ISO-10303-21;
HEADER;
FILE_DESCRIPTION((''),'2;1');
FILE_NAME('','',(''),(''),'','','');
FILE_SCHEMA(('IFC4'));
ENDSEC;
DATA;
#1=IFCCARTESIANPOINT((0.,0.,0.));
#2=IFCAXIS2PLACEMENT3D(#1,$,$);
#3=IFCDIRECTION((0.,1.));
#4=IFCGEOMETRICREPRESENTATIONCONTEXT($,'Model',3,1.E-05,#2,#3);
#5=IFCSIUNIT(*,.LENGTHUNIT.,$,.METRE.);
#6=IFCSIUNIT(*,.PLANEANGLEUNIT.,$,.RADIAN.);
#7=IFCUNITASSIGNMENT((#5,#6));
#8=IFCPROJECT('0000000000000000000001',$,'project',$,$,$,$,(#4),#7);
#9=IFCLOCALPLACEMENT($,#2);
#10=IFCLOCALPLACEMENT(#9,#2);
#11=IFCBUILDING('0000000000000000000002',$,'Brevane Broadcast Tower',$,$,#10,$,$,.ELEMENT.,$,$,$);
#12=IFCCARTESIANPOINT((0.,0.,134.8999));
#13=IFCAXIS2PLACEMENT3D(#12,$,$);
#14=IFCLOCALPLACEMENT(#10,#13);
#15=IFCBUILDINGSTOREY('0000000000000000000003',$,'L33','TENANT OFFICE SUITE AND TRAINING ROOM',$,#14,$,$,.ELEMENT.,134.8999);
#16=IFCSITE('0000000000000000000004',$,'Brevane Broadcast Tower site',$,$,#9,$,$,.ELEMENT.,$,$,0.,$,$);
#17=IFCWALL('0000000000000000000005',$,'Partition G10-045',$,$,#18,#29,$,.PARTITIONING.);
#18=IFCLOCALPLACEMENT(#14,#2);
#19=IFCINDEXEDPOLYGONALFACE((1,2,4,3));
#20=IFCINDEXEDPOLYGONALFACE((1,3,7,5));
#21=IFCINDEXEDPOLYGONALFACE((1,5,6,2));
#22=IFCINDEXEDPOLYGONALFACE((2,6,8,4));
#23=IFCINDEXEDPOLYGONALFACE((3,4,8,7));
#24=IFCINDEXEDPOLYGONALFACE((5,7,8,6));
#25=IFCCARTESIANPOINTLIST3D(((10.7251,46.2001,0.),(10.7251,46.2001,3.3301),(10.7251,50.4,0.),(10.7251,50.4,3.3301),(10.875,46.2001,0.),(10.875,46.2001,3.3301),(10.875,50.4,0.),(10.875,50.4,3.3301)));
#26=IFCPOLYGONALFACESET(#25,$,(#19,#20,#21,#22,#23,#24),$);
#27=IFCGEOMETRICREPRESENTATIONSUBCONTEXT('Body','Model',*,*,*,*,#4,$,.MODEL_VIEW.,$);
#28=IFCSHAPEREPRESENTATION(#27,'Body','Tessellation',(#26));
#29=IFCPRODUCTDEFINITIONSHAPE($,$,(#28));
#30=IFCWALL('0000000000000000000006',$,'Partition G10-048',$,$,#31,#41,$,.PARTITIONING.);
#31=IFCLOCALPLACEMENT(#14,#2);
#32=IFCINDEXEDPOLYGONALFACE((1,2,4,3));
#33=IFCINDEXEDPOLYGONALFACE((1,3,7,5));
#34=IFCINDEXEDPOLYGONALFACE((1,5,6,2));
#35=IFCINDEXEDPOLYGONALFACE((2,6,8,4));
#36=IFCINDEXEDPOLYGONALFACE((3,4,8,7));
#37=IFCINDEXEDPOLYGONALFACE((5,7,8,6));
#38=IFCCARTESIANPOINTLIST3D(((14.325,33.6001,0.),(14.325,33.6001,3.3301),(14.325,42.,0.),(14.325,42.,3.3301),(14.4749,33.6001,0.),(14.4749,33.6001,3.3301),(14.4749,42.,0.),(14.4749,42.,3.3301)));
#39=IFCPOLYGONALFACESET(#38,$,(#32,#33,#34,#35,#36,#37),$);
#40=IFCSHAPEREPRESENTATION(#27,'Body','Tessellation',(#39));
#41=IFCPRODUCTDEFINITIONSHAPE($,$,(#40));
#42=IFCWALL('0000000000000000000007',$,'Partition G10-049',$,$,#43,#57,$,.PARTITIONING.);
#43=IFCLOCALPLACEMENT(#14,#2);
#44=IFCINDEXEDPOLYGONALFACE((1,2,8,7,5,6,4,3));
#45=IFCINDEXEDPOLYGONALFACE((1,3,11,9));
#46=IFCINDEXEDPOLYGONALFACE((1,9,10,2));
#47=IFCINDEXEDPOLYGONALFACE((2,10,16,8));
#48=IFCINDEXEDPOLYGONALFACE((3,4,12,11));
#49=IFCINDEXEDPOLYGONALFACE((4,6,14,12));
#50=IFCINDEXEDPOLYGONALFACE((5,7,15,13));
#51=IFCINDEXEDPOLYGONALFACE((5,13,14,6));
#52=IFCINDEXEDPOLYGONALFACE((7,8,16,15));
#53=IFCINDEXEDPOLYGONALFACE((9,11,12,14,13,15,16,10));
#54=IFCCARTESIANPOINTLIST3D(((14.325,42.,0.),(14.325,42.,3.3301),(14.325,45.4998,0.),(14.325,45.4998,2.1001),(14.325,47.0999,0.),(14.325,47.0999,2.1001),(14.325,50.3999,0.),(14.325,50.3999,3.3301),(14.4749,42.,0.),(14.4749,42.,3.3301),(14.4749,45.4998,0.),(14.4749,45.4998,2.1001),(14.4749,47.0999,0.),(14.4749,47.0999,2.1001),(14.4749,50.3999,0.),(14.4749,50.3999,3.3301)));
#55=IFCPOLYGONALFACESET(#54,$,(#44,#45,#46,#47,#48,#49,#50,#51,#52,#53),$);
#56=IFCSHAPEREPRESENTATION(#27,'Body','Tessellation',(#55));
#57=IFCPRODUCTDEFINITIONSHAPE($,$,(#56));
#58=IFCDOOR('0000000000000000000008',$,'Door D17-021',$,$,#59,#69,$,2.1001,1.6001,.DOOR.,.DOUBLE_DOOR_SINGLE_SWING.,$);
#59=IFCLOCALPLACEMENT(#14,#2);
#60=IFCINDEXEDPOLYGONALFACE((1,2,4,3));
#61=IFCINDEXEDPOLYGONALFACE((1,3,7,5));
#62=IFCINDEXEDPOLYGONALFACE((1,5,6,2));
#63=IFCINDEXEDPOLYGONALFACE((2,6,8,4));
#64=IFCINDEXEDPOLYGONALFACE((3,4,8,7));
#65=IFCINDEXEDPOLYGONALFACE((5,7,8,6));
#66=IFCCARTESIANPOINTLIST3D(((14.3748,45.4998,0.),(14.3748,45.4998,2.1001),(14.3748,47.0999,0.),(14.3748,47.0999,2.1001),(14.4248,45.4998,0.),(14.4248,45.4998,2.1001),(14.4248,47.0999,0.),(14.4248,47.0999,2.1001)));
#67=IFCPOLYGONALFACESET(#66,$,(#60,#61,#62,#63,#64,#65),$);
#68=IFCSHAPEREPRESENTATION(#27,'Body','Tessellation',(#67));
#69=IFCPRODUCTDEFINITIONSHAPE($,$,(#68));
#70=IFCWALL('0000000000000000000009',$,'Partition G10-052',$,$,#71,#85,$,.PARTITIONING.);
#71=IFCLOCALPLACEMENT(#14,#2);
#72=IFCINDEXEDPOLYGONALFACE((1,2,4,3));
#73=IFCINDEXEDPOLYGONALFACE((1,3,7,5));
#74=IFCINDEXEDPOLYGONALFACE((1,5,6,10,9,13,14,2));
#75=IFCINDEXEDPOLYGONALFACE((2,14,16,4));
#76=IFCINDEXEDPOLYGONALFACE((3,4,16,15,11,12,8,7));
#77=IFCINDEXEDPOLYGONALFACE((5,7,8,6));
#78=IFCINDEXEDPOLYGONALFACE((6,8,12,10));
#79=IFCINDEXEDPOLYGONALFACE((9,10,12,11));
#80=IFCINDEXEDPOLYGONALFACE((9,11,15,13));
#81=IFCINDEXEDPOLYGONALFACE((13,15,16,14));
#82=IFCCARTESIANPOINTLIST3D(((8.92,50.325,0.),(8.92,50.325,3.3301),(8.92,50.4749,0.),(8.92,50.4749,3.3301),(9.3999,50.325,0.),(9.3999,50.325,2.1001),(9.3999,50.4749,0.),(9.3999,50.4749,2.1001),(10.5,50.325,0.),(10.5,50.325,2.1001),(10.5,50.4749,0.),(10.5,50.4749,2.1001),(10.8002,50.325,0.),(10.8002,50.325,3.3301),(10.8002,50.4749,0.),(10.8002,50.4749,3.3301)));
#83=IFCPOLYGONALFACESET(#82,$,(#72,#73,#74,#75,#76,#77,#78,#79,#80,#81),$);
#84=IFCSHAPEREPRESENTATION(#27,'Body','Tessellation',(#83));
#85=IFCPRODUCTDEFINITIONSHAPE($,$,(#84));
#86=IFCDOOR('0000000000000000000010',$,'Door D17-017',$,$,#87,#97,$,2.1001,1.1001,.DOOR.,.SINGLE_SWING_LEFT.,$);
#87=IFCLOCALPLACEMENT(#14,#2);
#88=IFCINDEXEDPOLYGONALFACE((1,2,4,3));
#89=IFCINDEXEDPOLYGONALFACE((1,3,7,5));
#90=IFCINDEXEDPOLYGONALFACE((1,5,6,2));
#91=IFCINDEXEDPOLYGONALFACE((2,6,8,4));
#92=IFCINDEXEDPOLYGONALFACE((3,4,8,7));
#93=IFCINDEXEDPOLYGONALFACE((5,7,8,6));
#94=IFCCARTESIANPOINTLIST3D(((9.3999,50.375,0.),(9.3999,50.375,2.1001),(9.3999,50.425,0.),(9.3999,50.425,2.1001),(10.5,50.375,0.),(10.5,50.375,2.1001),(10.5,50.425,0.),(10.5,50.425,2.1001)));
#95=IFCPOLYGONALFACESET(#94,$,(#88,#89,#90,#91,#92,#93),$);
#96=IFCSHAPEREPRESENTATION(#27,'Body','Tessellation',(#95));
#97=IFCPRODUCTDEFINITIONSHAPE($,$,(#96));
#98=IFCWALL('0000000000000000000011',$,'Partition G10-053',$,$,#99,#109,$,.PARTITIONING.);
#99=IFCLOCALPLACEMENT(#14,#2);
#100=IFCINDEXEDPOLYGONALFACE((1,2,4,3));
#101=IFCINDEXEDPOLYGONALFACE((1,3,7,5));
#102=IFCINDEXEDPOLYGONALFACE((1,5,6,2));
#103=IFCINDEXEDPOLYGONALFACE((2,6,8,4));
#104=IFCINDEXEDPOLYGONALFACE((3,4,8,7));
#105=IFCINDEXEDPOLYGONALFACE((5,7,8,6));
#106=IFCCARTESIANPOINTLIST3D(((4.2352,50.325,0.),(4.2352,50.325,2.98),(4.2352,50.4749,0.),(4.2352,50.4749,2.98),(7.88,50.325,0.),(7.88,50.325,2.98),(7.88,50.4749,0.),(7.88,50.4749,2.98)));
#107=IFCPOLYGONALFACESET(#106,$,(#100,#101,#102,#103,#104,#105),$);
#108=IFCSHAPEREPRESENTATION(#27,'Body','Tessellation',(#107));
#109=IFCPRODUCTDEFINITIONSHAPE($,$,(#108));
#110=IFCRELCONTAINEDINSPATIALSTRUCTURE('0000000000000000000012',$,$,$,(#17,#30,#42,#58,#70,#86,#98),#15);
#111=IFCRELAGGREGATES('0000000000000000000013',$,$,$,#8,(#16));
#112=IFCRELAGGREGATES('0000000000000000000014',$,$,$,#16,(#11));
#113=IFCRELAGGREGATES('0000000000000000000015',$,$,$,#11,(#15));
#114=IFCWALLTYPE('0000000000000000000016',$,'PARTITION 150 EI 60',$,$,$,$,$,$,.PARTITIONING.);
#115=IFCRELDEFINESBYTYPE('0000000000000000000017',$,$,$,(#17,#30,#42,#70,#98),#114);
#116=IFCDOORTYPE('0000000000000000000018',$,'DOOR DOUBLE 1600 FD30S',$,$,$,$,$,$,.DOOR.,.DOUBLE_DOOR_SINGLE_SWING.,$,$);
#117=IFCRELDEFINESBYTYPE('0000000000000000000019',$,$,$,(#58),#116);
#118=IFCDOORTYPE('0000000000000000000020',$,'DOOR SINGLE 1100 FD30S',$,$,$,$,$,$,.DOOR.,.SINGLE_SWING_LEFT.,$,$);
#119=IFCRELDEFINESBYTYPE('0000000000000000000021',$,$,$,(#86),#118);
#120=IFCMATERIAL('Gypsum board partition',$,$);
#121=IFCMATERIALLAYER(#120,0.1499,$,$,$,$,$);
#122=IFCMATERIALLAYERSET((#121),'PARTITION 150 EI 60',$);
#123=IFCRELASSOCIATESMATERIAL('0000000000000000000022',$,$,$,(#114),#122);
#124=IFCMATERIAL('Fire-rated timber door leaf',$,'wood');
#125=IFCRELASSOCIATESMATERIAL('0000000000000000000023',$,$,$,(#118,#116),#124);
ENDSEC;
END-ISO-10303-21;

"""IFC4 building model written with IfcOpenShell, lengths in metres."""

from ifc_helpers import new_model, si_unit, direction, frame, frame_2d, origin, place, context, subcontext, project, spatial, rectangle, extrude, material, layer, layer_set, type_object, element, fill, save


model = new_model("IFC4")

# Units and contexts
model_context = context("Model", 3, precision=1e-05, world=origin(), true_north=direction((0.0, 1.0)))
body_context = subcontext(model_context, "Body", "Model", "MODEL_VIEW")
ifc_project = project(units=[si_unit("LENGTHUNIT", "METRE"), si_unit("PLANEANGLEUNIT", "RADIAN")], contexts=[model_context])

# Site, building, storey
site_placement = place(None, origin())
site = spatial("IfcSite", under=ifc_project, at=site_placement, Name="Brevane Broadcast Tower site", CompositionType="ELEMENT", RefElevation=0.0)
building_placement = place(site_placement, origin())
building = spatial("IfcBuilding", under=site, at=building_placement, Name="Brevane Broadcast Tower", CompositionType="ELEMENT")
storey_placement = place(building_placement, frame((0.0, 0.0, 134.8999)))
storey = spatial("IfcBuildingStorey", under=building, at=storey_placement, Name="L33", Description="TENANT OFFICE SUITE AND TRAINING ROOM", CompositionType="ELEMENT", Elevation=134.8999)

# Shared definitions
ifc_material_1 = material(Name="Gypsum board partition")
ifc_layer_1 = layer(ifc_material_1, 0.1499)
ifc_layer_set_1 = layer_set([ifc_layer_1], Name="PARTITION 150 EI 60")
wall_type_1 = type_object("IfcWallType", Name="PARTITION 150 EI 60", PredefinedType="PARTITIONING", material=ifc_layer_set_1)

# Shared definitions
ifc_material_2 = material(Name="Fire-rated timber door leaf", Category="wood")
door_type_1 = type_object("IfcDoorType", Name="DOOR SINGLE 1100 FD30S", OperationType="SINGLE_SWING_LEFT", PredefinedType="DOOR", material=ifc_material_2)

# Walls
wall_1_placement = place(storey_placement, frame((10.8, 46.2, 0.0), z_axis=(0.0, 0.0, 1.0), x_axis=(0.0, 1.0, 0.0)))
element("IfcWall", 1, at=wall_1_placement, inside=storey, type_object=wall_type_1, Name="Partition G10-045", PredefinedType="PARTITIONING", context=body_context, shape_type="SweptSolid", body=[
    extrude(rectangle(XDim=4.2, YDim=0.1499, at=frame_2d((2.1001, 0.0))), origin(), (0.0, 0.0, 1.0), 3.3301),
])
wall_2_placement = place(storey_placement, frame((14.3999, 42.0, 0.0), z_axis=(0.0, 0.0, 1.0), x_axis=(0.0, -1.0, 0.0)))
element("IfcWall", 2, at=wall_2_placement, inside=storey, type_object=wall_type_1, Name="Partition G10-048", PredefinedType="PARTITIONING", context=body_context, shape_type="SweptSolid", body=[
    extrude(rectangle(XDim=8.3999, YDim=0.1499, at=frame_2d((4.2, 0.0))), origin(), (0.0, 0.0, 1.0), 3.3301),
])

# Walls, openings, doors
wall_3_placement = place(storey_placement, frame((14.3999, 50.3999, 0.0), z_axis=(0.0, 0.0, 1.0), x_axis=(0.0, -1.0, 0.0)))
wall_3 = element("IfcWall", 3, at=wall_3_placement, inside=storey, type_object=wall_type_1, Name="Partition G10-049", PredefinedType="PARTITIONING", context=body_context, shape_type="SweptSolid", body=[
    extrude(rectangle(XDim=8.3999, YDim=0.1499, at=frame_2d((4.2, 0.0))), origin(), (0.0, 0.0, 1.0), 3.3301),
])
opening_1_placement = place(wall_3_placement, frame((3.3, 0.0, 0.0)))
opening_1 = element("IfcOpeningElement", 4, at=opening_1_placement, cuts=wall_3, PredefinedType="OPENING", context=body_context, shape_type="SweptSolid", body=[
    extrude(rectangle(XDim=1.6001, YDim=2.1001, at=frame_2d((0.8, 1.05))), frame((0.0, 0.085, 0.0), z_axis=(0.0, -1.0, 0.0), x_axis=(1.0, 0.0, 0.0)), (0.0, 0.0, 1.0), 0.1699),
])
door_type_2 = type_object("IfcDoorType", Name="DOOR DOUBLE 1600 FD30S", OperationType="DOUBLE_DOOR_SINGLE_SWING", PredefinedType="DOOR", material=ifc_material_2)
door_1_placement = place(opening_1_placement, origin())
door_1 = element("IfcDoor", 5, at=door_1_placement, inside=storey, type_object=door_type_2, Name="Door D17-021", OperationType="DOUBLE_DOOR_SINGLE_SWING", OverallHeight=2.1001, OverallWidth=1.6001, PredefinedType="DOOR", context=body_context, shape_type="SweptSolid", body=[
    extrude(rectangle(XDim=1.6001, YDim=2.1001, at=frame_2d((0.8, 1.05))), frame((0.0, 0.0249, 0.0), z_axis=(0.0, -1.0, 0.0), x_axis=(1.0, 0.0, 0.0)), (0.0, 0.0, 1.0), 0.05),
])
fill(opening_1, door_1)
wall_4_placement = place(storey_placement, frame((10.8, 50.3999, 0.0), z_axis=(0.0, 0.0, 1.0), x_axis=(-1.0, 0.0, 0.0)))
wall_4 = element("IfcWall", 6, at=wall_4_placement, inside=storey, type_object=wall_type_1, Name="Partition G10-052", PredefinedType="PARTITIONING", context=body_context, shape_type="SweptSolid", body=[
    extrude(rectangle(XDim=1.8801, YDim=0.1499, at=frame_2d((0.9399, 0.0))), origin(), (0.0, 0.0, 1.0), 3.3301),
])
opening_2_placement = place(wall_4_placement, frame((0.3, 0.0, 0.0)))
opening_2 = element("IfcOpeningElement", 7, at=opening_2_placement, cuts=wall_4, PredefinedType="OPENING", context=body_context, shape_type="SweptSolid", body=[
    extrude(rectangle(XDim=1.1001, YDim=2.1001, at=frame_2d((0.55, 1.05))), frame((0.0, 0.085, 0.0), z_axis=(0.0, -1.0, 0.0), x_axis=(1.0, 0.0, 0.0)), (0.0, 0.0, 1.0), 0.1699),
])
door_2_placement = place(opening_2_placement, origin())
door_2 = element("IfcDoor", 8, at=door_2_placement, inside=storey, type_object=door_type_1, Name="Door D17-017", OperationType="SINGLE_SWING_LEFT", OverallHeight=2.1001, OverallWidth=1.1001, PredefinedType="DOOR", context=body_context, shape_type="SweptSolid", body=[
    extrude(rectangle(XDim=1.1001, YDim=2.1001, at=frame_2d((0.55, 1.05))), frame((0.0, 0.0249, 0.0), z_axis=(0.0, -1.0, 0.0), x_axis=(1.0, 0.0, 0.0)), (0.0, 0.0, 1.0), 0.05),
])
fill(opening_2, door_2)

# Wall
wall_5_placement = place(storey_placement, frame((7.8799, 50.3999, 0.0), z_axis=(0.0, 0.0, 1.0), x_axis=(-1.0, 0.0, 0.0)))
element("IfcWall", 9, at=wall_5_placement, inside=storey, type_object=wall_type_1, Name="Partition G10-053", PredefinedType="PARTITIONING", context=body_context, shape_type="SweptSolid", body=[
    extrude(rectangle(XDim=3.6448, YDim=0.1499, at=frame_2d((1.8223, 0.0))), origin(), (0.0, 0.0, 1.0), 2.98),
])

save(model, "model.ifc")
